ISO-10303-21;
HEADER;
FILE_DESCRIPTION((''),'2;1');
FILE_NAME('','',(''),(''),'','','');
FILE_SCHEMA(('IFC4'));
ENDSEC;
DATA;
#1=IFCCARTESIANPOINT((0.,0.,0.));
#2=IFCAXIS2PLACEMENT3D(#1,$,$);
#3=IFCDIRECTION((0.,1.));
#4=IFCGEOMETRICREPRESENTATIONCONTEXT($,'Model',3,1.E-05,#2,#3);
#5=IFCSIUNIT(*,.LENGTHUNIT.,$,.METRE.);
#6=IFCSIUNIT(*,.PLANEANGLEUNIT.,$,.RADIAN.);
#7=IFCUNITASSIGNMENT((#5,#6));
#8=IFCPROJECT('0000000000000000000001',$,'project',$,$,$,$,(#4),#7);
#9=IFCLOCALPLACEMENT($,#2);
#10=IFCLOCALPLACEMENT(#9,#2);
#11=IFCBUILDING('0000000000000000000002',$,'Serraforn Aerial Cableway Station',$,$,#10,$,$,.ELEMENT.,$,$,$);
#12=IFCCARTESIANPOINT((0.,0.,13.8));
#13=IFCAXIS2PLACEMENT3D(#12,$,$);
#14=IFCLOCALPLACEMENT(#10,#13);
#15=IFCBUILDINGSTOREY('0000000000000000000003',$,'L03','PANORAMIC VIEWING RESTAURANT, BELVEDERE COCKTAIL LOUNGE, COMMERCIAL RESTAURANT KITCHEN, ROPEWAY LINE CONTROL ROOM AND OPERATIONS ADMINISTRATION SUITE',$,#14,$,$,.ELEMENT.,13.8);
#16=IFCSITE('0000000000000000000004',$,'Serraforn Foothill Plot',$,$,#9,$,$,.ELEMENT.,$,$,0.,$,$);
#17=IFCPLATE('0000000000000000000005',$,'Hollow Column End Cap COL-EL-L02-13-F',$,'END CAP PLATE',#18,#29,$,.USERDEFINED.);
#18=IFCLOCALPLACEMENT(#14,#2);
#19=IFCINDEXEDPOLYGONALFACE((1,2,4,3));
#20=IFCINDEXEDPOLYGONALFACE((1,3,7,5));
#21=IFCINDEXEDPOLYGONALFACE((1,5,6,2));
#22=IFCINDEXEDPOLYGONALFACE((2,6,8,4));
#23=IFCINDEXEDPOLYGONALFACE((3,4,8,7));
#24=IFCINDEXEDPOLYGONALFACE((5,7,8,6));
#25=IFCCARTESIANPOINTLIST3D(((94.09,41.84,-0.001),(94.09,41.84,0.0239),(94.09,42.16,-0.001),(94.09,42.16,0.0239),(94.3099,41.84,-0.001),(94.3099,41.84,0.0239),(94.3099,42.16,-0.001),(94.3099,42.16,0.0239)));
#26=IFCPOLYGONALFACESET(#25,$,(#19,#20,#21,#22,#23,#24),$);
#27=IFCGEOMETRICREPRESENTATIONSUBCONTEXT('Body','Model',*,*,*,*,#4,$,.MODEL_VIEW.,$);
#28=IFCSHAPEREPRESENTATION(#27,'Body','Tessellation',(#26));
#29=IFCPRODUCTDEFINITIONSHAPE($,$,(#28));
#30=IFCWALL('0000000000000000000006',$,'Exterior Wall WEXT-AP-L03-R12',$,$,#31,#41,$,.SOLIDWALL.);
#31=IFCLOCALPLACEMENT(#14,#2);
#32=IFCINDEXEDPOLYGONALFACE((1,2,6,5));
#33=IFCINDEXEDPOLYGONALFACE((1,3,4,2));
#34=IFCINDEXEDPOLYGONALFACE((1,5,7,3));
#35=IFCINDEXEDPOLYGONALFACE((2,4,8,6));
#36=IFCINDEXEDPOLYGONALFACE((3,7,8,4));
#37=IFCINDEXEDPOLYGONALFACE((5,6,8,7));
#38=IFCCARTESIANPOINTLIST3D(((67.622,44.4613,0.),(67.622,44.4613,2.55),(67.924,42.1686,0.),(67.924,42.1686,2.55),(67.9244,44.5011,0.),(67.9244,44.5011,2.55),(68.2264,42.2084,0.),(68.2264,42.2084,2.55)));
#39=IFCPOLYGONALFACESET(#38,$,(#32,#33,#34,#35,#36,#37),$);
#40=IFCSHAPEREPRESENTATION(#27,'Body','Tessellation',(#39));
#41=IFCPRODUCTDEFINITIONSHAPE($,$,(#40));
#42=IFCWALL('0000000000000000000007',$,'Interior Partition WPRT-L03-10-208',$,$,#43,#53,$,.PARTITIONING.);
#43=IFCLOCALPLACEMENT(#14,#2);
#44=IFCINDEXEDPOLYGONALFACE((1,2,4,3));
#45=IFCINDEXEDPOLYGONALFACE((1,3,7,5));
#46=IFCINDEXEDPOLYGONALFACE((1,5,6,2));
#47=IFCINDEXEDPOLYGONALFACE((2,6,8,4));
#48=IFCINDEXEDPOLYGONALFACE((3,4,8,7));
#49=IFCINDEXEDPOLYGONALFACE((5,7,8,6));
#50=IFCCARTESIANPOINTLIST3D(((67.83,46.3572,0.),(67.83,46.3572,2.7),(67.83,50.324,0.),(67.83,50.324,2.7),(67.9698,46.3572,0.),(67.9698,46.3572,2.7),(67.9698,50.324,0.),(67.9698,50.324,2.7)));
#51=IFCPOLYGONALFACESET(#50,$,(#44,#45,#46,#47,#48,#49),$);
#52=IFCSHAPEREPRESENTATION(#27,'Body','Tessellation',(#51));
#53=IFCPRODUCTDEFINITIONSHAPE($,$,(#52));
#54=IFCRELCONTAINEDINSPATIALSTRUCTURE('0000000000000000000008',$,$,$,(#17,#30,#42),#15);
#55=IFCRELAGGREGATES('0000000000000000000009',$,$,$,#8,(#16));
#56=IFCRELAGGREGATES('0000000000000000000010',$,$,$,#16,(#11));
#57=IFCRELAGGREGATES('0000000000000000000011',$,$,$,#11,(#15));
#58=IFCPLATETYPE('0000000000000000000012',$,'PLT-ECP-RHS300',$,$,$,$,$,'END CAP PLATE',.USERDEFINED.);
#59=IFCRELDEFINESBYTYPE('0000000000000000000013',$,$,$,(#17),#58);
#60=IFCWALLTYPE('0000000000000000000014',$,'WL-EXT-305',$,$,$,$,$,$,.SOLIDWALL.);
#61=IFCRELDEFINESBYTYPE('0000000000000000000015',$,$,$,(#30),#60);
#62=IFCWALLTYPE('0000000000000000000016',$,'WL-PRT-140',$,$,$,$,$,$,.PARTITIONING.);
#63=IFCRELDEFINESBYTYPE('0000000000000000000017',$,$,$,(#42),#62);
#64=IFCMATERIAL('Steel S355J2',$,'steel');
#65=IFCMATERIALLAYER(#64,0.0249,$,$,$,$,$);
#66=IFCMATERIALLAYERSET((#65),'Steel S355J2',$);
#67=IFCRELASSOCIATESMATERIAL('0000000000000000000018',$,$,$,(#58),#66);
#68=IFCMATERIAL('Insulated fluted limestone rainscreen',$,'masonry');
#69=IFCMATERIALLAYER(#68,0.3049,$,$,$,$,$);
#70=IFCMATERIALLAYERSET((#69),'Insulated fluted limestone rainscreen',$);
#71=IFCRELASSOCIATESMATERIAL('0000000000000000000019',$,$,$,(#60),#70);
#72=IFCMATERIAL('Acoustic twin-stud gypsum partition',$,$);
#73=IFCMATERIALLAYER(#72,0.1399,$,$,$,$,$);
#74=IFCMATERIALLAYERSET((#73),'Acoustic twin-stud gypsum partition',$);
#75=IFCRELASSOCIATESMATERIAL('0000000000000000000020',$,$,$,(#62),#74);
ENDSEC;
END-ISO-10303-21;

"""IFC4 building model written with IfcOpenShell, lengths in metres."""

from ifc_helpers import new_model, si_unit, direction, frame, frame_2d, origin, origin_2d, place, context, subcontext, project, spatial, rectangle, extrude, material, layer, layer_set, type_object, element, save


model = new_model("IFC4")

# Units and contexts
model_context = context("Model", 3, precision=1e-05, world=origin(), true_north=direction((0.0, 1.0)))
body_context = subcontext(model_context, "Body", "Model", "MODEL_VIEW")
ifc_project = project(units=[si_unit("LENGTHUNIT", "METRE"), si_unit("PLANEANGLEUNIT", "RADIAN")], contexts=[model_context])

# Site, building, storey
site_placement = place(None, origin())
site = spatial("IfcSite", under=ifc_project, at=site_placement, Name="Serraforn Foothill Plot", CompositionType="ELEMENT", RefElevation=0.0)
building_placement = place(site_placement, origin())
building = spatial("IfcBuilding", under=site, at=building_placement, Name="Serraforn Aerial Cableway Station", CompositionType="ELEMENT")
storey_placement = place(building_placement, frame((0.0, 0.0, 13.8)))
storey = spatial("IfcBuildingStorey", under=building, at=storey_placement, Name="L03", Description="PANORAMIC VIEWING RESTAURANT, BELVEDERE COCKTAIL LOUNGE, COMMERCIAL RESTAURANT KITCHEN, ROPEWAY LINE CONTROL ROOM AND OPERATIONS ADMINISTRATION SUITE", CompositionType="ELEMENT", Elevation=13.8)

# Shared definitions
ifc_material_1 = material(Name="Steel S355J2", Category="steel")

# Plate
ifc_layer_1 = layer(ifc_material_1, 0.0249)
ifc_layer_set_1 = layer_set([ifc_layer_1], Name="Steel S355J2")
plate_type = type_object("IfcPlateType", Name="PLT-ECP-RHS300", ElementType="END CAP PLATE", PredefinedType="USERDEFINED", material=ifc_layer_set_1)
for number, where, z_axis, x_axis, name in (
    (1, (94.2, 42.0, -0.001), (0.0, 0.0, 1.0), (1.0, 0.0, 0.0), "Hollow Column End Cap COL-EL-L02-13-F"),
):
    element("IfcPlate", number, at=place(storey_placement, frame(where, z_axis=z_axis, x_axis=x_axis)), inside=storey, type_object=plate_type, Name=name, ObjectType="END CAP PLATE", PredefinedType="USERDEFINED", context=body_context, shape_type="SweptSolid", body=[
        extrude(rectangle(XDim=0.22, YDim=0.3201, at=origin_2d()), origin(), (0.0, 0.0, 1.0), 0.0249),
    ])

# Walls
ifc_material_2 = material(Name="Insulated fluted limestone rainscreen", Category="masonry")
ifc_layer_2 = layer(ifc_material_2, 0.3049)
ifc_layer_set_2 = layer_set([ifc_layer_2], Name="Insulated fluted limestone rainscreen")
wall_type_1 = type_object("IfcWallType", Name="WL-EXT-305", PredefinedType="SOLIDWALL", material=ifc_layer_set_2)
wall_1_placement = place(storey_placement, frame((68.0752, 42.1885, 0.0), z_axis=(0.0, 0.0, 1.0), x_axis=(-0.130594, 0.991436, 0.0)))
element("IfcWall", 2, at=wall_1_placement, inside=storey, type_object=wall_type_1, Name="Exterior Wall WEXT-AP-L03-R12", PredefinedType="SOLIDWALL", context=body_context, shape_type="SweptSolid", body=[
    extrude(rectangle(XDim=2.3125, YDim=0.3049, at=frame_2d((1.1562, 0.0))), origin(), (0.0, 0.0, 1.0), 2.55),
])
ifc_material_3 = material(Name="Acoustic twin-stud gypsum partition")
ifc_layer_3 = layer(ifc_material_3, 0.1399)
ifc_layer_set_3 = layer_set([ifc_layer_3], Name="Acoustic twin-stud gypsum partition")
wall_type_2 = type_object("IfcWallType", Name="WL-PRT-140", PredefinedType="PARTITIONING", material=ifc_layer_set_3)
wall_2_placement = place(storey_placement, frame((67.8999, 50.324, 0.0), z_axis=(0.0, 0.0, 1.0), x_axis=(0.0, -1.0, 0.0)))
element("IfcWall", 3, at=wall_2_placement, inside=storey, type_object=wall_type_2, Name="Interior Partition WPRT-L03-10-208", PredefinedType="PARTITIONING", context=body_context, shape_type="SweptSolid", body=[
    extrude(rectangle(XDim=3.9668, YDim=0.1399, at=frame_2d((1.9834, 0.0))), origin(), (0.0, 0.0, 1.0), 2.7),
])

save(model, "model.ifc")
